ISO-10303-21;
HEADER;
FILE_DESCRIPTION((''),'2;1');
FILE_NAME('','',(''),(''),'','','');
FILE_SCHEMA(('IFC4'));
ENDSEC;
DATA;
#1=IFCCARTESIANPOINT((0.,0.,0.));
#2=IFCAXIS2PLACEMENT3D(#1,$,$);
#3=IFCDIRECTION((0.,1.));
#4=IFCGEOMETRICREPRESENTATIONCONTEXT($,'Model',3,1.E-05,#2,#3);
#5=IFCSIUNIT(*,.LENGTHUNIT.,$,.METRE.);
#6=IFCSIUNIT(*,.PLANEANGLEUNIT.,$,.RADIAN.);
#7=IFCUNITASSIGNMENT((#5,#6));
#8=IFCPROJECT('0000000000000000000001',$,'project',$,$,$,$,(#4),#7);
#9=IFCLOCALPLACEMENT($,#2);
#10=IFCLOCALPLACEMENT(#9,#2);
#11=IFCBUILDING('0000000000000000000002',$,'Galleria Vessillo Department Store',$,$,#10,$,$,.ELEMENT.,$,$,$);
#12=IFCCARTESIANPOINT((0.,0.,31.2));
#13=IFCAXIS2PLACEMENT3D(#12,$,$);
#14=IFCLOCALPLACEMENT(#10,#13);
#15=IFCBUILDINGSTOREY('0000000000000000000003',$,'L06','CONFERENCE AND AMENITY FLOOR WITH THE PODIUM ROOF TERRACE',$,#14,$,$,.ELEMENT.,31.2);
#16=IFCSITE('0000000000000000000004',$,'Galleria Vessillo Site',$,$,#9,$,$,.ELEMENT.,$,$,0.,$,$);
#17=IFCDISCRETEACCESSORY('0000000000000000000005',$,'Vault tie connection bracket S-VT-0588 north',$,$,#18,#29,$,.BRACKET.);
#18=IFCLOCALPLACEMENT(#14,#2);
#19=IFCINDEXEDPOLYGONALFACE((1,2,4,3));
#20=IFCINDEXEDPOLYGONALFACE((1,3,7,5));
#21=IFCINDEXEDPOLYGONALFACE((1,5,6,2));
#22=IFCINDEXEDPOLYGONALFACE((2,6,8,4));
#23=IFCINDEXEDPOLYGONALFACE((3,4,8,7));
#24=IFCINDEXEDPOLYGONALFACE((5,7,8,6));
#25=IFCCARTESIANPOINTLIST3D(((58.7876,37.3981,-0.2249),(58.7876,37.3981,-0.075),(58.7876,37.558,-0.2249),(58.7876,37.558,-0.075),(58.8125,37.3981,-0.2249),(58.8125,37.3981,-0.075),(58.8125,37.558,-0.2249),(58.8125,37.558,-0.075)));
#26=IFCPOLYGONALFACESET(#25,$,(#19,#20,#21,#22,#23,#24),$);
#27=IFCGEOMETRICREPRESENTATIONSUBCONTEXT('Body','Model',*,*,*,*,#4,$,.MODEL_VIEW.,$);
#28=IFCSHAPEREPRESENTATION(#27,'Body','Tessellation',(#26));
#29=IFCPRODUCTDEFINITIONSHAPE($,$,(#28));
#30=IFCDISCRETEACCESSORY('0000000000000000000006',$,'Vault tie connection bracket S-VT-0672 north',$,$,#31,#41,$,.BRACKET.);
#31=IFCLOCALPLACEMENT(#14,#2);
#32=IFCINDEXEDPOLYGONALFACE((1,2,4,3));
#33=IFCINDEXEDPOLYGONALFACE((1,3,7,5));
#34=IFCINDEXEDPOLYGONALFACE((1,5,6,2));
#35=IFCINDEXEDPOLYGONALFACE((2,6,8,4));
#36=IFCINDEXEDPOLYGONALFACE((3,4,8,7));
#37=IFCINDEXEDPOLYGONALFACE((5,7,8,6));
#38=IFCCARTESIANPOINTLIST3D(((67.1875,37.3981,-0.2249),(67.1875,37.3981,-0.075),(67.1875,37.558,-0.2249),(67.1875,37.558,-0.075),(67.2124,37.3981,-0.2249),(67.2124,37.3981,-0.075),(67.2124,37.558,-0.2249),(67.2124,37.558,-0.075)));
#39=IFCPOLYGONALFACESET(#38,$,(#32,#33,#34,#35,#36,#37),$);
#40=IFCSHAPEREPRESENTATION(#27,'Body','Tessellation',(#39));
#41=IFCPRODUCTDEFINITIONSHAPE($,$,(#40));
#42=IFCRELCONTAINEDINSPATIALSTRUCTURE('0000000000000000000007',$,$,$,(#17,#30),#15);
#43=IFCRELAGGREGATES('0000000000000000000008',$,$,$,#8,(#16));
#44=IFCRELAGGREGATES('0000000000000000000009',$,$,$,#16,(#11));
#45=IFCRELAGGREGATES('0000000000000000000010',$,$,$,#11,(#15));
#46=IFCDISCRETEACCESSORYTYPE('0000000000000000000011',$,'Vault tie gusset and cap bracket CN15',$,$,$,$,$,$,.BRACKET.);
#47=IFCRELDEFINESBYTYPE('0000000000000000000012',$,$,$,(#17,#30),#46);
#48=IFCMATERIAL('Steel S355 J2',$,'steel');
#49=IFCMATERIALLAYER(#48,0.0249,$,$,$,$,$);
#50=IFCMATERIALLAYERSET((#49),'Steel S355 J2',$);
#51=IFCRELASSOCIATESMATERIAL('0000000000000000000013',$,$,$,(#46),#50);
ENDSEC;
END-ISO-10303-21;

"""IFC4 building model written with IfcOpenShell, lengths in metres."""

from ifc_helpers import new_model, si_unit, direction, frame, origin, origin_2d, place, context, subcontext, project, spatial, rectangle, extrude, material, layer, layer_set, type_object, element, save


model = new_model("IFC4")

# Units and contexts
model_context = context("Model", 3, precision=1e-05, world=origin(), true_north=direction((0.0, 1.0)))
body_context = subcontext(model_context, "Body", "Model", "MODEL_VIEW")
ifc_project = project(units=[si_unit("LENGTHUNIT", "METRE"), si_unit("PLANEANGLEUNIT", "RADIAN")], contexts=[model_context])

# Site, building, storey
site_placement = place(None, origin())
site = spatial("IfcSite", under=ifc_project, at=site_placement, Name="Galleria Vessillo Site", CompositionType="ELEMENT", RefElevation=0.0)
building_placement = place(site_placement, origin())
building = spatial("IfcBuilding", under=site, at=building_placement, Name="Galleria Vessillo Department Store", CompositionType="ELEMENT")
storey_placement = place(building_placement, frame((0.0, 0.0, 31.2)))
storey = spatial("IfcBuildingStorey", under=building, at=storey_placement, Name="L06", Description="CONFERENCE AND AMENITY FLOOR WITH THE PODIUM ROOF TERRACE", CompositionType="ELEMENT", Elevation=31.2)

# Discrete accessories
ifc_material_1 = material(Name="Steel S355 J2", Category="steel")
ifc_layer_1 = layer(ifc_material_1, 0.0249)
ifc_layer_set_1 = layer_set([ifc_layer_1], Name="Steel S355 J2")
discrete_accessory_type = type_object("IfcDiscreteAccessoryType", Name="Vault tie gusset and cap bracket CN15", PredefinedType="BRACKET", material=ifc_layer_set_1)
for number, where, z_axis, x_axis, name in (
    (1, (58.8, 37.478, -0.2249), (0.0, 0.0, 1.0), (1.0, 0.0, 0.0), "Vault tie connection bracket S-VT-0588 north"),
    (2, (67.2, 37.478, -0.2249), (0.0, 0.0, 1.0), (1.0, 0.0, 0.0), "Vault tie connection bracket S-VT-0672 north"),
):
    element("IfcDiscreteAccessory", number, at=place(storey_placement, frame(where, z_axis=z_axis, x_axis=x_axis)), inside=storey, type_object=discrete_accessory_type, Name=name, PredefinedType="BRACKET", context=body_context, shape_type="SweptSolid", body=[
        extrude(rectangle(XDim=0.0249, YDim=0.1599, at=origin_2d()), origin(), (0.0, 0.0, 1.0), 0.1499),
    ])

save(model, "model.ifc")
